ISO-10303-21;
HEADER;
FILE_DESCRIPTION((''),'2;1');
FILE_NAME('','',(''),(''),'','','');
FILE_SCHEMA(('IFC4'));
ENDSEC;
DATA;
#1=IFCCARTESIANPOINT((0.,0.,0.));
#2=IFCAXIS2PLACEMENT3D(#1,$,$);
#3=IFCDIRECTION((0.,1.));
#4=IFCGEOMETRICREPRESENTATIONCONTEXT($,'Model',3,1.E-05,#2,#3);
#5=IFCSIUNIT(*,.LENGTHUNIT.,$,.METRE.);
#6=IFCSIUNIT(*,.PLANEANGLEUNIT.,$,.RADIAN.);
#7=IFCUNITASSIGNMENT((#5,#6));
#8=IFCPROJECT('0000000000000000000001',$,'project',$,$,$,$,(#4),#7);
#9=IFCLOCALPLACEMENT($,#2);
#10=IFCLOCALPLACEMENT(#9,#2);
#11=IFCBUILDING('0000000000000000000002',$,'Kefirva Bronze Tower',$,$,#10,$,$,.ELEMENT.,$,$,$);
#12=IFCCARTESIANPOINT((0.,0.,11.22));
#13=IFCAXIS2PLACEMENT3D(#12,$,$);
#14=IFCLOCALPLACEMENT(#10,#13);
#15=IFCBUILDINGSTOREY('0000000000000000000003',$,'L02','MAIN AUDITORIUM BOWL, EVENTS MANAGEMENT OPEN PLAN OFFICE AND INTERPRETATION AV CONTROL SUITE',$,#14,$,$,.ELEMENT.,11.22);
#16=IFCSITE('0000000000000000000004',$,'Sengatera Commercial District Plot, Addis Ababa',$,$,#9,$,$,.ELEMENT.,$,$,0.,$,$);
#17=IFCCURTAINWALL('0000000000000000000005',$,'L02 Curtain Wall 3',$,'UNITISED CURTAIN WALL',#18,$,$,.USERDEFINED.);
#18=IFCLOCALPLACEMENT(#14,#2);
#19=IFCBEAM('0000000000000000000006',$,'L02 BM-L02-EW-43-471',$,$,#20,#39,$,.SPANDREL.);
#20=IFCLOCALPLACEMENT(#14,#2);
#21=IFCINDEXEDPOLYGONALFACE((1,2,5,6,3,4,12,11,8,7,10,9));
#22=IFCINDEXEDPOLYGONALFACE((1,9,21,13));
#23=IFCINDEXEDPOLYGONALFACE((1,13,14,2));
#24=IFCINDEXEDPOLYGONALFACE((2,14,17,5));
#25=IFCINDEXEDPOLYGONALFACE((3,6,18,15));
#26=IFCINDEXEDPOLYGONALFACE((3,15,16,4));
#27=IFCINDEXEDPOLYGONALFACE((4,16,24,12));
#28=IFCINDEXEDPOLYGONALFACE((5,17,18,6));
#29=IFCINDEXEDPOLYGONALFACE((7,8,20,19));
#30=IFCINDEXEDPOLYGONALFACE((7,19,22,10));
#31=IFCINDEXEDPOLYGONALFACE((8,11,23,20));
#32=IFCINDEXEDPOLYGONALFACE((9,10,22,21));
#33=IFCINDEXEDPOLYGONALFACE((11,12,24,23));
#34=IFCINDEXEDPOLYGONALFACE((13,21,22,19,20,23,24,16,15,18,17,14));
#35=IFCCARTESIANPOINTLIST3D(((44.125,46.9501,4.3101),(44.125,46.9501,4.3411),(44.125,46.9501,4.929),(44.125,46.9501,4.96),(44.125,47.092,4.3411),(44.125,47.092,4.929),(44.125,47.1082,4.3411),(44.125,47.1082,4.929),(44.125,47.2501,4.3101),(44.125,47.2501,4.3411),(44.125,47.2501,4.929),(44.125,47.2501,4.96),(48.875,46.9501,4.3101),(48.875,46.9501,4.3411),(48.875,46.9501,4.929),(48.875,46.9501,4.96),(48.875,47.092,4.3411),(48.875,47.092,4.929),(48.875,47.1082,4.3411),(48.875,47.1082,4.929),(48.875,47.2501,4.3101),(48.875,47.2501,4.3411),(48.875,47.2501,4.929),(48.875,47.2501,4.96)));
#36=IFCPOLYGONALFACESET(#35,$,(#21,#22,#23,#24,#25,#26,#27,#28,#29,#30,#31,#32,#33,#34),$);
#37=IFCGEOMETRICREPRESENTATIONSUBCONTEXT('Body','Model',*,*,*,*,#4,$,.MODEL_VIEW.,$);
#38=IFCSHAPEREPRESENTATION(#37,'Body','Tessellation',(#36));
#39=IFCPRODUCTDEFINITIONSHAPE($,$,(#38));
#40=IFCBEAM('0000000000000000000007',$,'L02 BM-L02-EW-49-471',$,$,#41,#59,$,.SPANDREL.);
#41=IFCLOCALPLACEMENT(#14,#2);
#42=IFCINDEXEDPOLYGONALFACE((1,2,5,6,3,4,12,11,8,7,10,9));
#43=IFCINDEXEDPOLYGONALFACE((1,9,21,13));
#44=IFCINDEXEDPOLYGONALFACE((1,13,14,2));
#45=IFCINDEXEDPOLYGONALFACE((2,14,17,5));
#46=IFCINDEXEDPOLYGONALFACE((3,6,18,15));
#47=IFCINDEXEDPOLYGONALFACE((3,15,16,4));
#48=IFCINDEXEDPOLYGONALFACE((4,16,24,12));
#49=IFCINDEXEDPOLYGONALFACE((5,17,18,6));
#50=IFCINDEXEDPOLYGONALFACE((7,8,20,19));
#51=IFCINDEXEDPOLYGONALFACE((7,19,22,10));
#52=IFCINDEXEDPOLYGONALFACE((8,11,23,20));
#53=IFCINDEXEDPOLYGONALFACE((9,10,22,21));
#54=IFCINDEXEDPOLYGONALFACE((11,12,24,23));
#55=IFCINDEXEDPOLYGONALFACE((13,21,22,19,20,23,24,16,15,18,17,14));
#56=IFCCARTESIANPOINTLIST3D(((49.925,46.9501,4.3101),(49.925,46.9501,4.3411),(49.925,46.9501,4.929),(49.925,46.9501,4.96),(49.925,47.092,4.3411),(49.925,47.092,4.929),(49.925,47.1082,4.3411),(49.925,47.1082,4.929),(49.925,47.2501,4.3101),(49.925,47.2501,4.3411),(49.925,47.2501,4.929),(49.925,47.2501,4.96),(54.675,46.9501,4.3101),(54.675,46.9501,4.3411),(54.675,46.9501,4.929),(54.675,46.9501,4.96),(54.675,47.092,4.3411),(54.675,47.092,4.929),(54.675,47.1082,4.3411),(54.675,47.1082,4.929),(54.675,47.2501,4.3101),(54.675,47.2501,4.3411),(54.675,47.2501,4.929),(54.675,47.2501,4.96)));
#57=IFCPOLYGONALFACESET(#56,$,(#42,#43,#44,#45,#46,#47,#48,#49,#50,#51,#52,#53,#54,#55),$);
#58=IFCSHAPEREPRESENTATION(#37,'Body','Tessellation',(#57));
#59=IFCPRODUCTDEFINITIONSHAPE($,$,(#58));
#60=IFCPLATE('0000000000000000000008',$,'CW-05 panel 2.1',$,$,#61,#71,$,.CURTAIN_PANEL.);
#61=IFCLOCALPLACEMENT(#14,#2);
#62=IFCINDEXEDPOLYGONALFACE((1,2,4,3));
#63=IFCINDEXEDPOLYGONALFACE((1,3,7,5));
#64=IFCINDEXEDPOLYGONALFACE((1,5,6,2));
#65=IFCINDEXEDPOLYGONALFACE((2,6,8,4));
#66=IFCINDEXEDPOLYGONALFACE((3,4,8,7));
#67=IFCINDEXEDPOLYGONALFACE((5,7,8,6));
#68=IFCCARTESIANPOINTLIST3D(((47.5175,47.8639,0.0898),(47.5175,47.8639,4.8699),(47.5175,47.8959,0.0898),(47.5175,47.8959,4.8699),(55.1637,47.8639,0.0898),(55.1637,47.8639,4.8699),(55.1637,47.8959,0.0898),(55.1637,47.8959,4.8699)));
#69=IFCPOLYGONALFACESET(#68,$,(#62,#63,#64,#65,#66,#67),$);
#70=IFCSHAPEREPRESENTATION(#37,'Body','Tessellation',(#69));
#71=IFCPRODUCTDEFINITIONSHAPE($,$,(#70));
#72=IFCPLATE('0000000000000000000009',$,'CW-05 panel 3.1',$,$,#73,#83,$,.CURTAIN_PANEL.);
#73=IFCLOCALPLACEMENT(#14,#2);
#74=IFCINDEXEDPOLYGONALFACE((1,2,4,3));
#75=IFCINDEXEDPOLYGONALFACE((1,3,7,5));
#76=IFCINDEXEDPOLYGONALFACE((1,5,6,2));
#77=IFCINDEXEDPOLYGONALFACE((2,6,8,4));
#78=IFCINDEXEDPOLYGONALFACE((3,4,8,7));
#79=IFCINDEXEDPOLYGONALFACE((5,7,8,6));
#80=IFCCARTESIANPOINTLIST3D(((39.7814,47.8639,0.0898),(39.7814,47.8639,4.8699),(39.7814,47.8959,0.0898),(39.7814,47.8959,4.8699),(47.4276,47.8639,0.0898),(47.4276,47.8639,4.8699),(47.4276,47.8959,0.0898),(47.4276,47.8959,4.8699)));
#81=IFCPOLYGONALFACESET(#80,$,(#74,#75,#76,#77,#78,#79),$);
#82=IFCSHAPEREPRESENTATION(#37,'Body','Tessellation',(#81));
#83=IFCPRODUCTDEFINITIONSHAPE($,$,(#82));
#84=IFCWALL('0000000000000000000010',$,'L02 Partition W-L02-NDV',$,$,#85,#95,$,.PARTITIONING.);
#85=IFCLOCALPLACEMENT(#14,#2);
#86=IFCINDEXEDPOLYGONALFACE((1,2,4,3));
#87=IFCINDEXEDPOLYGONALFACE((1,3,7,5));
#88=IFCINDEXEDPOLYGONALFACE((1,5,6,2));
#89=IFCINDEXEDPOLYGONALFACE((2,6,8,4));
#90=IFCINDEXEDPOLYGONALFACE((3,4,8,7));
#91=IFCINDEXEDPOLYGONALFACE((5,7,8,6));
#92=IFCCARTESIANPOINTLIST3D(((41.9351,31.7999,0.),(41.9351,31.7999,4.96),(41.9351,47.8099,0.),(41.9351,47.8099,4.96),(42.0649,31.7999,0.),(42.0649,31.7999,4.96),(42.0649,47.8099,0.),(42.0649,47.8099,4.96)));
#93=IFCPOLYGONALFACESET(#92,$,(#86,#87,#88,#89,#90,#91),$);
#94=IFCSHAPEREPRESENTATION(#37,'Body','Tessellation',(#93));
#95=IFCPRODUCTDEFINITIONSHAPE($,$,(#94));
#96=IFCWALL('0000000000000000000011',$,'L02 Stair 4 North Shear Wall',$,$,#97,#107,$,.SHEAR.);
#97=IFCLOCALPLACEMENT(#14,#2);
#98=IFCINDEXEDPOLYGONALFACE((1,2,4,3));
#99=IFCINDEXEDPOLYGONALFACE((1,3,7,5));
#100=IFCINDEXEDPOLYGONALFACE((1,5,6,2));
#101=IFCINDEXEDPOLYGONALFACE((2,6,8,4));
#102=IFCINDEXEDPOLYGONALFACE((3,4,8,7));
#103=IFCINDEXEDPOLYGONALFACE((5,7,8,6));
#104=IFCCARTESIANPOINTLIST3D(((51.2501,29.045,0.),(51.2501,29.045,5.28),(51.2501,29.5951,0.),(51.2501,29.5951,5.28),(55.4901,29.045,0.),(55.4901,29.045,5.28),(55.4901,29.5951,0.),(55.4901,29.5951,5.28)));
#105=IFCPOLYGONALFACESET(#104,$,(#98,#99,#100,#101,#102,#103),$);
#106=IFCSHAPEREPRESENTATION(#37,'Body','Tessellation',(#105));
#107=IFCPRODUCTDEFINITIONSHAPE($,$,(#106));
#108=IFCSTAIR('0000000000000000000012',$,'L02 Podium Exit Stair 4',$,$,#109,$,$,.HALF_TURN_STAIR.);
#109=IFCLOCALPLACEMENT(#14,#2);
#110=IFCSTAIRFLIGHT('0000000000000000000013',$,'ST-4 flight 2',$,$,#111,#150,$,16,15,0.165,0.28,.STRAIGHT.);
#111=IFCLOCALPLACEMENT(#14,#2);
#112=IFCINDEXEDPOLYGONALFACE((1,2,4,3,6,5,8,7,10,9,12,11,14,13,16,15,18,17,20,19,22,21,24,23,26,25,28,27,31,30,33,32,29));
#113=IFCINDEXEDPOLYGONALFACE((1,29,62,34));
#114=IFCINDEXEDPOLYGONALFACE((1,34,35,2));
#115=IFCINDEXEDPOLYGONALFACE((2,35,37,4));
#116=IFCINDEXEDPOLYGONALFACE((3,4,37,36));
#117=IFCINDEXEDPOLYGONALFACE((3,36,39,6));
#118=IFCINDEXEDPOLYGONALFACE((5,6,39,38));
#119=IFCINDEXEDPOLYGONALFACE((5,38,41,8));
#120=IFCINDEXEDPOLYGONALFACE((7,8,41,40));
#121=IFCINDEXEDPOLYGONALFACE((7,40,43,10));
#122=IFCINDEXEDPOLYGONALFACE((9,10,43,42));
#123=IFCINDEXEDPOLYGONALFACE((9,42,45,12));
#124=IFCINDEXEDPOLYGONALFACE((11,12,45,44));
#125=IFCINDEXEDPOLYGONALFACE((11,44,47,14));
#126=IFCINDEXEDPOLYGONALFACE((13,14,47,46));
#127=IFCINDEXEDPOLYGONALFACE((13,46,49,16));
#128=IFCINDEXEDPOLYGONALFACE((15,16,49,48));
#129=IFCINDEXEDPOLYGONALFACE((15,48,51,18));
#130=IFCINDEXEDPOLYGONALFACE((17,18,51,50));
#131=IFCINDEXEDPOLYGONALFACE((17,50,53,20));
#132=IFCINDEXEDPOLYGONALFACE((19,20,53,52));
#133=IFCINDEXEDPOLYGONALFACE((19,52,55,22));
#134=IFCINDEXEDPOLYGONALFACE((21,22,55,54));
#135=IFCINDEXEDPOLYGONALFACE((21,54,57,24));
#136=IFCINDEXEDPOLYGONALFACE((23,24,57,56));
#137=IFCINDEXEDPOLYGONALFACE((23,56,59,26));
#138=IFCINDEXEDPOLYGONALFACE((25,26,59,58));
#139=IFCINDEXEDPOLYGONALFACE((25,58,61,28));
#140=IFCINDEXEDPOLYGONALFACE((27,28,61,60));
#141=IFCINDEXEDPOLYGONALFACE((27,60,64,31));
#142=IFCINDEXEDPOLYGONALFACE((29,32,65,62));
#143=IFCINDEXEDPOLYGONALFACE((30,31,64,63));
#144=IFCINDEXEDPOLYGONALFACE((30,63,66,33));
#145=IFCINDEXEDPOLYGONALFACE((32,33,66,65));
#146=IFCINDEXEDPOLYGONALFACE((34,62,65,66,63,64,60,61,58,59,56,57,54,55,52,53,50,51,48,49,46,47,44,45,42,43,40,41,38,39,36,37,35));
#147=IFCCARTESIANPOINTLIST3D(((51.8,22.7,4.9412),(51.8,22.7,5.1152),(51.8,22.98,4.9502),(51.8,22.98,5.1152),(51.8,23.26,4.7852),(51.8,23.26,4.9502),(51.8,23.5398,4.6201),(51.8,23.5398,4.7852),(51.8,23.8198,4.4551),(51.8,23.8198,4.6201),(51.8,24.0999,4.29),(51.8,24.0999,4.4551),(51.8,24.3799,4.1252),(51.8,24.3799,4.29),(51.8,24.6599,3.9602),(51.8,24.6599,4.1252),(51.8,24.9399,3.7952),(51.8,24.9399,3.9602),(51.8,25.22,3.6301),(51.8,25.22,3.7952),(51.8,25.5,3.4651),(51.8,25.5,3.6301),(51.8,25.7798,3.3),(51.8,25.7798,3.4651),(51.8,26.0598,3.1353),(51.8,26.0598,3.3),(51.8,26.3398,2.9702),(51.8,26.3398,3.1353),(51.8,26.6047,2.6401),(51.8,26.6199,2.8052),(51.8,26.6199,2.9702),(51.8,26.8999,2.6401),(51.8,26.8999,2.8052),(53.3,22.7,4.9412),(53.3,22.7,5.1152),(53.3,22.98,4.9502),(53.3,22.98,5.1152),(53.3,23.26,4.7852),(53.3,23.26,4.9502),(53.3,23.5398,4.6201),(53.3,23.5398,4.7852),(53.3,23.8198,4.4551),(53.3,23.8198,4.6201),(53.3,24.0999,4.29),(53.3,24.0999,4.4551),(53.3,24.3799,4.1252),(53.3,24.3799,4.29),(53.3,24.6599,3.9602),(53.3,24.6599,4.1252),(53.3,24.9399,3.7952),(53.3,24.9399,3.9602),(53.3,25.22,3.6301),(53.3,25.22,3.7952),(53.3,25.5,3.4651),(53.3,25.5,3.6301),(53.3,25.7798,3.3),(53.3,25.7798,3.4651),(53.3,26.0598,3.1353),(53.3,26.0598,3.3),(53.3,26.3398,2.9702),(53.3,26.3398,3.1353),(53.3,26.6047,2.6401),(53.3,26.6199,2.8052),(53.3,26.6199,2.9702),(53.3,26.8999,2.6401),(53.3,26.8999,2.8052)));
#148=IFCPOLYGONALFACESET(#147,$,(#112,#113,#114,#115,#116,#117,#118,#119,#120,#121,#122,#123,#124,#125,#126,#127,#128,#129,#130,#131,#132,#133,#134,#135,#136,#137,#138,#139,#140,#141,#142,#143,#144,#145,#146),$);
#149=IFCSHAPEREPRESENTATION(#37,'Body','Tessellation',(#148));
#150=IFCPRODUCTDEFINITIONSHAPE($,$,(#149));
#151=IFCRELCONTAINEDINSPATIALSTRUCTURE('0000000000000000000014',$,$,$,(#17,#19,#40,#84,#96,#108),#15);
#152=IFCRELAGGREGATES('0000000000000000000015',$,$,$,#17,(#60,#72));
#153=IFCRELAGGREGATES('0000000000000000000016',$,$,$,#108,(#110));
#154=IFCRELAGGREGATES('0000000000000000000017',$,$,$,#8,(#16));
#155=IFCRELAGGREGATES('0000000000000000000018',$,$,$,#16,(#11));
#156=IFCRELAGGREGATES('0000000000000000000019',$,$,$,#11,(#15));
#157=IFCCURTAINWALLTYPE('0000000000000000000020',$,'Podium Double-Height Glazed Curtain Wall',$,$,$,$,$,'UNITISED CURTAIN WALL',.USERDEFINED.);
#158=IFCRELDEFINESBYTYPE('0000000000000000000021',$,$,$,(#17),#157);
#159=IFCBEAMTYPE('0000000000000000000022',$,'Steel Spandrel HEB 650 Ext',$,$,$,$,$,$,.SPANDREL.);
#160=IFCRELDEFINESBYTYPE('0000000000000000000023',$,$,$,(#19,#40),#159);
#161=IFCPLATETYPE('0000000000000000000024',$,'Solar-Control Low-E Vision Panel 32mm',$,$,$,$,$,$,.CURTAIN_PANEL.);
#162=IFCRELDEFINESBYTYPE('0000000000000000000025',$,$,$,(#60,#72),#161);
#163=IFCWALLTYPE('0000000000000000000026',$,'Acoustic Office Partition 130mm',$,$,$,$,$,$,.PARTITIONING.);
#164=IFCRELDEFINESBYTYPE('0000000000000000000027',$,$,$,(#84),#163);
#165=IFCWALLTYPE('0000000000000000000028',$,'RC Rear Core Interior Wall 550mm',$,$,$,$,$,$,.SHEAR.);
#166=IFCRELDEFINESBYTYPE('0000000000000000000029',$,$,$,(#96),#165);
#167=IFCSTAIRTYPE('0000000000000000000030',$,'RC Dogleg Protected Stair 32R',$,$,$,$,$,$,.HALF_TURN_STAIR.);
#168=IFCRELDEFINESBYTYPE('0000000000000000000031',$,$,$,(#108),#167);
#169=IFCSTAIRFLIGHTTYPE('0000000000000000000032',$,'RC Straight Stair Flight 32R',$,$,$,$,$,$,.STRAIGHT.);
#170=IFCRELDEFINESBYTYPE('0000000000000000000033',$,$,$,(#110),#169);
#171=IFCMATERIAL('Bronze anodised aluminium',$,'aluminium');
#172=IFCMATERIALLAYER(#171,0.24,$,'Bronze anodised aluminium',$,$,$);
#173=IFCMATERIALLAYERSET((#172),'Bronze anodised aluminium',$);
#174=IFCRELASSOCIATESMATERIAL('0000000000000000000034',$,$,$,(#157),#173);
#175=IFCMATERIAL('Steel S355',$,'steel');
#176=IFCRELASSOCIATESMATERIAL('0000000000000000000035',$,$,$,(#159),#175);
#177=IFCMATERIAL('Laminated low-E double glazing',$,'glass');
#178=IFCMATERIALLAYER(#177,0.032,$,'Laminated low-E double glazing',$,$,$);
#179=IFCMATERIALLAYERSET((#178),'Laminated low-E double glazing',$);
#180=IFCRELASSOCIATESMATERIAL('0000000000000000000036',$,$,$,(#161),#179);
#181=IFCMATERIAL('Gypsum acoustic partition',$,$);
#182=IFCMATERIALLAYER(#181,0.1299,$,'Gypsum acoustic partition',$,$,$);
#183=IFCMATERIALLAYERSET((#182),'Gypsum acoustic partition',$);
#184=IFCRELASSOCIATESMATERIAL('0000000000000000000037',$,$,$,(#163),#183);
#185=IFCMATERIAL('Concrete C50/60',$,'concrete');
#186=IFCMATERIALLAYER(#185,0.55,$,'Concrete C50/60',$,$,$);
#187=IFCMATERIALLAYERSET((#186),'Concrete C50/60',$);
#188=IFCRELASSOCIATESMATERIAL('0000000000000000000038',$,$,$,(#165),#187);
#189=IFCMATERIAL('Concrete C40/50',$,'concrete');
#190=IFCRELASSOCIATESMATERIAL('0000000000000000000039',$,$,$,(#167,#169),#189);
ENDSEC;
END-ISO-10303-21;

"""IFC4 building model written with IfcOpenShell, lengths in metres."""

from ifc_helpers import new_model, si_unit, direction, frame, frame_2d, origin, origin_2d, place, context, subcontext, project, spatial, polyline, rectangle, i_section, outline, extrude, material, layer, layer_set, material_profile, profile_set, type_object, element, aggregate, save


model = new_model("IFC4")

# Units and contexts
model_context = context("Model", 3, precision=1e-05, world=origin(), true_north=direction((0.0, 1.0)))
body_context = subcontext(model_context, "Body", "Model", "MODEL_VIEW")
ifc_project = project(units=[si_unit("LENGTHUNIT", "METRE"), si_unit("PLANEANGLEUNIT", "RADIAN")], contexts=[model_context])

# Site, building, storey
site_placement = place(None, origin())
site = spatial("IfcSite", under=ifc_project, at=site_placement, Name="Sengatera Commercial District Plot, Addis Ababa", CompositionType="ELEMENT", RefElevation=0.0)
building_placement = place(site_placement, origin())
building = spatial("IfcBuilding", under=site, at=building_placement, Name="Kefirva Bronze Tower", CompositionType="ELEMENT")
storey_placement = place(building_placement, frame((0.0, 0.0, 11.22)))
storey = spatial("IfcBuildingStorey", under=building, at=storey_placement, Name="L02", Description="MAIN AUDITORIUM BOWL, EVENTS MANAGEMENT OPEN PLAN OFFICE AND INTERPRETATION AV CONTROL SUITE", CompositionType="ELEMENT", Elevation=11.22)

# Curtain wall
ifc_material_1 = material(Name="Bronze anodised aluminium", Category="aluminium")
ifc_layer_1 = layer(ifc_material_1, 0.24, Name="Bronze anodised aluminium")
ifc_layer_set_1 = layer_set([ifc_layer_1], Name="Bronze anodised aluminium")
curtain_wall_type = type_object("IfcCurtainWallType", Name="Podium Double-Height Glazed Curtain Wall", ElementType="UNITISED CURTAIN WALL", PredefinedType="USERDEFINED", material=ifc_layer_set_1)
curtain_wall_placement = place(storey_placement, origin())
curtain_wall = element("IfcCurtainWall", 1, at=curtain_wall_placement, inside=storey, type_object=curtain_wall_type, Name="L02 Curtain Wall 3", ObjectType="UNITISED CURTAIN WALL", PredefinedType="USERDEFINED")

# Beams
ifc_material_2 = material(Name="Steel S355", Category="steel")
ifc_material_profile_1 = material_profile(ifc_material_2, i_section(OverallWidth=0.3, OverallDepth=0.6499, WebThickness=0.0161, FlangeThickness=0.031, at=origin_2d()), Name="HEB 650")
ifc_profile_set_1 = profile_set([ifc_material_profile_1], Name="Steel S355")
beam_type_1 = type_object("IfcBeamType", Name="Steel Spandrel HEB 650 Ext", PredefinedType="SPANDREL", material=ifc_profile_set_1)
for number, where, z_axis, x_axis, name in (
    (2, (44.125, 47.1001, 4.635), (1.0, 0.0, 0.0), (0.0, 1.0, 0.0), "L02 BM-L02-EW-43-471"),
    (3, (49.925, 47.1001, 4.635), (1.0, 0.0, 0.0), (0.0, 1.0, 0.0), "L02 BM-L02-EW-49-471"),
):
    element("IfcBeam", number, at=place(storey_placement, frame(where, z_axis=z_axis, x_axis=x_axis)), inside=storey, type_object=beam_type_1, Name=name, PredefinedType="SPANDREL", context=body_context, shape_type="SweptSolid", body=[
        extrude(i_section(OverallWidth=0.3, OverallDepth=0.6499, WebThickness=0.0161, FlangeThickness=0.031, at=origin_2d()), origin(), (0.0, 0.0, 1.0), 4.75),
    ])

# Plates
ifc_material_3 = material(Name="Laminated low-E double glazing", Category="glass")
ifc_layer_2 = layer(ifc_material_3, 0.032, Name="Laminated low-E double glazing")
ifc_layer_set_2 = layer_set([ifc_layer_2], Name="Laminated low-E double glazing")
plate_type = type_object("IfcPlateType", Name="Solar-Control Low-E Vision Panel 32mm", PredefinedType="CURTAIN_PANEL", material=ifc_layer_set_2)
plate_1_placement = place(storey_placement, frame((51.3406, 47.8799, 0.0898), z_axis=(0.0, 0.0, 1.0), x_axis=(-1.0, 0.0, 0.0)))
plate_1 = element("IfcPlate", 4, at=plate_1_placement, type_object=plate_type, Name="CW-05 panel 2.1", PredefinedType="CURTAIN_PANEL", context=body_context, shape_type="SweptSolid", body=[
    extrude(rectangle(XDim=7.6462, YDim=0.032, at=origin_2d()), origin(), (0.0, 0.0, 1.0), 4.78),
])
plate_2_placement = place(storey_placement, frame((43.6045, 47.8799, 0.0898), z_axis=(0.0, 0.0, 1.0), x_axis=(-1.0, 0.0, 0.0)))
plate_2 = element("IfcPlate", 5, at=plate_2_placement, type_object=plate_type, Name="CW-05 panel 3.1", PredefinedType="CURTAIN_PANEL", context=body_context, shape_type="SweptSolid", body=[
    extrude(rectangle(XDim=7.6462, YDim=0.032, at=origin_2d()), origin(), (0.0, 0.0, 1.0), 4.78),
])
aggregate(curtain_wall, [plate_1, plate_2])

# Walls
ifc_material_4 = material(Name="Gypsum acoustic partition")
ifc_layer_3 = layer(ifc_material_4, 0.1299, Name="Gypsum acoustic partition")
ifc_layer_set_3 = layer_set([ifc_layer_3], Name="Gypsum acoustic partition")
wall_type_1 = type_object("IfcWallType", Name="Acoustic Office Partition 130mm", PredefinedType="PARTITIONING", material=ifc_layer_set_3)
wall_1_placement = place(storey_placement, frame((42.0, 31.8, 0.0), z_axis=(0.0, 0.0, 1.0), x_axis=(0.0, 1.0, 0.0)))
element("IfcWall", 6, at=wall_1_placement, inside=storey, type_object=wall_type_1, Name="L02 Partition W-L02-NDV", PredefinedType="PARTITIONING", context=body_context, shape_type="SweptSolid", body=[
    extrude(rectangle(XDim=16.01, YDim=0.1299, at=frame_2d((8.0049, 0.0))), origin(), (0.0, 0.0, 1.0), 4.96),
])
ifc_material_5 = material(Name="Concrete C50/60", Category="concrete")
ifc_layer_4 = layer(ifc_material_5, 0.55, Name="Concrete C50/60")
ifc_layer_set_4 = layer_set([ifc_layer_4], Name="Concrete C50/60")
wall_type_2 = type_object("IfcWallType", Name="RC Rear Core Interior Wall 550mm", PredefinedType="SHEAR", material=ifc_layer_set_4)
wall_2_placement = place(storey_placement, frame((51.25, 29.3201, 0.0), z_axis=(0.0, 0.0, 1.0), x_axis=(1.0, 0.0, 0.0)))
element("IfcWall", 7, at=wall_2_placement, inside=storey, type_object=wall_type_2, Name="L02 Stair 4 North Shear Wall", PredefinedType="SHEAR", context=body_context, shape_type="SweptSolid", body=[
    extrude(rectangle(XDim=4.24, YDim=0.55, at=frame_2d((2.1201, 0.0))), origin(), (0.0, 0.0, 1.0), 5.28),
])

# Stair, stair flight
ifc_material_6 = material(Name="Concrete C40/50", Category="concrete")
stair_type = type_object("IfcStairType", Name="RC Dogleg Protected Stair 32R", PredefinedType="HALF_TURN_STAIR", material=ifc_material_6)
stair_placement = place(storey_placement, origin())
stair = element("IfcStair", 8, at=stair_placement, inside=storey, type_object=stair_type, Name="L02 Podium Exit Stair 4", PredefinedType="HALF_TURN_STAIR")
stair_flight_type = type_object("IfcStairFlightType", Name="RC Straight Stair Flight 32R", PredefinedType="STRAIGHT", material=ifc_material_6)
stair_flight_placement = place(storey_placement, frame((52.55, 26.8999, 2.6401), z_axis=(0.0, 0.0, 1.0), x_axis=(0.0, -1.0, 0.0)))
stair_flight = element("IfcStairFlight", 9, at=stair_flight_placement, type_object=stair_flight_type, Name="ST-4 flight 2", NumberOfRisers=16, NumberOfTreads=15, PredefinedType="STRAIGHT", RiserHeight=0.165, TreadLength=0.28, context=body_context, shape_type="SweptSolid", body=[
    extrude(outline(polyline([(0.0, 0.0), (0.0, 0.165), (0.28, 0.165), (0.28, 0.3301), (0.5601, 0.3301), (0.5601, 0.4951), (0.8401, 0.4951), (0.8401, 0.6599), (1.1201, 0.6599), (1.1201, 0.825), (1.3999, 0.825), (1.3999, 0.99), (1.6799, 0.99), (1.6799, 1.155), (1.96, 1.155), (1.96, 1.3201), (2.24, 1.3201), (2.24, 1.4851), (2.52, 1.4851), (2.52, 1.6499), (2.8, 1.6499), (2.8, 1.8149), (3.0801, 1.8149), (3.0801, 1.98), (3.3601, 1.98), (3.3601, 2.145), (3.6399, 2.145), (3.6399, 2.3101), (3.9199, 2.3101), (3.9199, 2.4751), (4.2, 2.4751), (4.2, 2.6399), (4.2, 2.301), (0.2952, 0.0), (0.0, 0.0)])), frame((0.0, 0.75, 0.0), z_axis=(0.0, -1.0, 0.0), x_axis=(1.0, 0.0, 0.0)), (0.0, 0.0, 1.0), 1.5),
])
aggregate(stair, [stair_flight])

save(model, "model.ifc")
